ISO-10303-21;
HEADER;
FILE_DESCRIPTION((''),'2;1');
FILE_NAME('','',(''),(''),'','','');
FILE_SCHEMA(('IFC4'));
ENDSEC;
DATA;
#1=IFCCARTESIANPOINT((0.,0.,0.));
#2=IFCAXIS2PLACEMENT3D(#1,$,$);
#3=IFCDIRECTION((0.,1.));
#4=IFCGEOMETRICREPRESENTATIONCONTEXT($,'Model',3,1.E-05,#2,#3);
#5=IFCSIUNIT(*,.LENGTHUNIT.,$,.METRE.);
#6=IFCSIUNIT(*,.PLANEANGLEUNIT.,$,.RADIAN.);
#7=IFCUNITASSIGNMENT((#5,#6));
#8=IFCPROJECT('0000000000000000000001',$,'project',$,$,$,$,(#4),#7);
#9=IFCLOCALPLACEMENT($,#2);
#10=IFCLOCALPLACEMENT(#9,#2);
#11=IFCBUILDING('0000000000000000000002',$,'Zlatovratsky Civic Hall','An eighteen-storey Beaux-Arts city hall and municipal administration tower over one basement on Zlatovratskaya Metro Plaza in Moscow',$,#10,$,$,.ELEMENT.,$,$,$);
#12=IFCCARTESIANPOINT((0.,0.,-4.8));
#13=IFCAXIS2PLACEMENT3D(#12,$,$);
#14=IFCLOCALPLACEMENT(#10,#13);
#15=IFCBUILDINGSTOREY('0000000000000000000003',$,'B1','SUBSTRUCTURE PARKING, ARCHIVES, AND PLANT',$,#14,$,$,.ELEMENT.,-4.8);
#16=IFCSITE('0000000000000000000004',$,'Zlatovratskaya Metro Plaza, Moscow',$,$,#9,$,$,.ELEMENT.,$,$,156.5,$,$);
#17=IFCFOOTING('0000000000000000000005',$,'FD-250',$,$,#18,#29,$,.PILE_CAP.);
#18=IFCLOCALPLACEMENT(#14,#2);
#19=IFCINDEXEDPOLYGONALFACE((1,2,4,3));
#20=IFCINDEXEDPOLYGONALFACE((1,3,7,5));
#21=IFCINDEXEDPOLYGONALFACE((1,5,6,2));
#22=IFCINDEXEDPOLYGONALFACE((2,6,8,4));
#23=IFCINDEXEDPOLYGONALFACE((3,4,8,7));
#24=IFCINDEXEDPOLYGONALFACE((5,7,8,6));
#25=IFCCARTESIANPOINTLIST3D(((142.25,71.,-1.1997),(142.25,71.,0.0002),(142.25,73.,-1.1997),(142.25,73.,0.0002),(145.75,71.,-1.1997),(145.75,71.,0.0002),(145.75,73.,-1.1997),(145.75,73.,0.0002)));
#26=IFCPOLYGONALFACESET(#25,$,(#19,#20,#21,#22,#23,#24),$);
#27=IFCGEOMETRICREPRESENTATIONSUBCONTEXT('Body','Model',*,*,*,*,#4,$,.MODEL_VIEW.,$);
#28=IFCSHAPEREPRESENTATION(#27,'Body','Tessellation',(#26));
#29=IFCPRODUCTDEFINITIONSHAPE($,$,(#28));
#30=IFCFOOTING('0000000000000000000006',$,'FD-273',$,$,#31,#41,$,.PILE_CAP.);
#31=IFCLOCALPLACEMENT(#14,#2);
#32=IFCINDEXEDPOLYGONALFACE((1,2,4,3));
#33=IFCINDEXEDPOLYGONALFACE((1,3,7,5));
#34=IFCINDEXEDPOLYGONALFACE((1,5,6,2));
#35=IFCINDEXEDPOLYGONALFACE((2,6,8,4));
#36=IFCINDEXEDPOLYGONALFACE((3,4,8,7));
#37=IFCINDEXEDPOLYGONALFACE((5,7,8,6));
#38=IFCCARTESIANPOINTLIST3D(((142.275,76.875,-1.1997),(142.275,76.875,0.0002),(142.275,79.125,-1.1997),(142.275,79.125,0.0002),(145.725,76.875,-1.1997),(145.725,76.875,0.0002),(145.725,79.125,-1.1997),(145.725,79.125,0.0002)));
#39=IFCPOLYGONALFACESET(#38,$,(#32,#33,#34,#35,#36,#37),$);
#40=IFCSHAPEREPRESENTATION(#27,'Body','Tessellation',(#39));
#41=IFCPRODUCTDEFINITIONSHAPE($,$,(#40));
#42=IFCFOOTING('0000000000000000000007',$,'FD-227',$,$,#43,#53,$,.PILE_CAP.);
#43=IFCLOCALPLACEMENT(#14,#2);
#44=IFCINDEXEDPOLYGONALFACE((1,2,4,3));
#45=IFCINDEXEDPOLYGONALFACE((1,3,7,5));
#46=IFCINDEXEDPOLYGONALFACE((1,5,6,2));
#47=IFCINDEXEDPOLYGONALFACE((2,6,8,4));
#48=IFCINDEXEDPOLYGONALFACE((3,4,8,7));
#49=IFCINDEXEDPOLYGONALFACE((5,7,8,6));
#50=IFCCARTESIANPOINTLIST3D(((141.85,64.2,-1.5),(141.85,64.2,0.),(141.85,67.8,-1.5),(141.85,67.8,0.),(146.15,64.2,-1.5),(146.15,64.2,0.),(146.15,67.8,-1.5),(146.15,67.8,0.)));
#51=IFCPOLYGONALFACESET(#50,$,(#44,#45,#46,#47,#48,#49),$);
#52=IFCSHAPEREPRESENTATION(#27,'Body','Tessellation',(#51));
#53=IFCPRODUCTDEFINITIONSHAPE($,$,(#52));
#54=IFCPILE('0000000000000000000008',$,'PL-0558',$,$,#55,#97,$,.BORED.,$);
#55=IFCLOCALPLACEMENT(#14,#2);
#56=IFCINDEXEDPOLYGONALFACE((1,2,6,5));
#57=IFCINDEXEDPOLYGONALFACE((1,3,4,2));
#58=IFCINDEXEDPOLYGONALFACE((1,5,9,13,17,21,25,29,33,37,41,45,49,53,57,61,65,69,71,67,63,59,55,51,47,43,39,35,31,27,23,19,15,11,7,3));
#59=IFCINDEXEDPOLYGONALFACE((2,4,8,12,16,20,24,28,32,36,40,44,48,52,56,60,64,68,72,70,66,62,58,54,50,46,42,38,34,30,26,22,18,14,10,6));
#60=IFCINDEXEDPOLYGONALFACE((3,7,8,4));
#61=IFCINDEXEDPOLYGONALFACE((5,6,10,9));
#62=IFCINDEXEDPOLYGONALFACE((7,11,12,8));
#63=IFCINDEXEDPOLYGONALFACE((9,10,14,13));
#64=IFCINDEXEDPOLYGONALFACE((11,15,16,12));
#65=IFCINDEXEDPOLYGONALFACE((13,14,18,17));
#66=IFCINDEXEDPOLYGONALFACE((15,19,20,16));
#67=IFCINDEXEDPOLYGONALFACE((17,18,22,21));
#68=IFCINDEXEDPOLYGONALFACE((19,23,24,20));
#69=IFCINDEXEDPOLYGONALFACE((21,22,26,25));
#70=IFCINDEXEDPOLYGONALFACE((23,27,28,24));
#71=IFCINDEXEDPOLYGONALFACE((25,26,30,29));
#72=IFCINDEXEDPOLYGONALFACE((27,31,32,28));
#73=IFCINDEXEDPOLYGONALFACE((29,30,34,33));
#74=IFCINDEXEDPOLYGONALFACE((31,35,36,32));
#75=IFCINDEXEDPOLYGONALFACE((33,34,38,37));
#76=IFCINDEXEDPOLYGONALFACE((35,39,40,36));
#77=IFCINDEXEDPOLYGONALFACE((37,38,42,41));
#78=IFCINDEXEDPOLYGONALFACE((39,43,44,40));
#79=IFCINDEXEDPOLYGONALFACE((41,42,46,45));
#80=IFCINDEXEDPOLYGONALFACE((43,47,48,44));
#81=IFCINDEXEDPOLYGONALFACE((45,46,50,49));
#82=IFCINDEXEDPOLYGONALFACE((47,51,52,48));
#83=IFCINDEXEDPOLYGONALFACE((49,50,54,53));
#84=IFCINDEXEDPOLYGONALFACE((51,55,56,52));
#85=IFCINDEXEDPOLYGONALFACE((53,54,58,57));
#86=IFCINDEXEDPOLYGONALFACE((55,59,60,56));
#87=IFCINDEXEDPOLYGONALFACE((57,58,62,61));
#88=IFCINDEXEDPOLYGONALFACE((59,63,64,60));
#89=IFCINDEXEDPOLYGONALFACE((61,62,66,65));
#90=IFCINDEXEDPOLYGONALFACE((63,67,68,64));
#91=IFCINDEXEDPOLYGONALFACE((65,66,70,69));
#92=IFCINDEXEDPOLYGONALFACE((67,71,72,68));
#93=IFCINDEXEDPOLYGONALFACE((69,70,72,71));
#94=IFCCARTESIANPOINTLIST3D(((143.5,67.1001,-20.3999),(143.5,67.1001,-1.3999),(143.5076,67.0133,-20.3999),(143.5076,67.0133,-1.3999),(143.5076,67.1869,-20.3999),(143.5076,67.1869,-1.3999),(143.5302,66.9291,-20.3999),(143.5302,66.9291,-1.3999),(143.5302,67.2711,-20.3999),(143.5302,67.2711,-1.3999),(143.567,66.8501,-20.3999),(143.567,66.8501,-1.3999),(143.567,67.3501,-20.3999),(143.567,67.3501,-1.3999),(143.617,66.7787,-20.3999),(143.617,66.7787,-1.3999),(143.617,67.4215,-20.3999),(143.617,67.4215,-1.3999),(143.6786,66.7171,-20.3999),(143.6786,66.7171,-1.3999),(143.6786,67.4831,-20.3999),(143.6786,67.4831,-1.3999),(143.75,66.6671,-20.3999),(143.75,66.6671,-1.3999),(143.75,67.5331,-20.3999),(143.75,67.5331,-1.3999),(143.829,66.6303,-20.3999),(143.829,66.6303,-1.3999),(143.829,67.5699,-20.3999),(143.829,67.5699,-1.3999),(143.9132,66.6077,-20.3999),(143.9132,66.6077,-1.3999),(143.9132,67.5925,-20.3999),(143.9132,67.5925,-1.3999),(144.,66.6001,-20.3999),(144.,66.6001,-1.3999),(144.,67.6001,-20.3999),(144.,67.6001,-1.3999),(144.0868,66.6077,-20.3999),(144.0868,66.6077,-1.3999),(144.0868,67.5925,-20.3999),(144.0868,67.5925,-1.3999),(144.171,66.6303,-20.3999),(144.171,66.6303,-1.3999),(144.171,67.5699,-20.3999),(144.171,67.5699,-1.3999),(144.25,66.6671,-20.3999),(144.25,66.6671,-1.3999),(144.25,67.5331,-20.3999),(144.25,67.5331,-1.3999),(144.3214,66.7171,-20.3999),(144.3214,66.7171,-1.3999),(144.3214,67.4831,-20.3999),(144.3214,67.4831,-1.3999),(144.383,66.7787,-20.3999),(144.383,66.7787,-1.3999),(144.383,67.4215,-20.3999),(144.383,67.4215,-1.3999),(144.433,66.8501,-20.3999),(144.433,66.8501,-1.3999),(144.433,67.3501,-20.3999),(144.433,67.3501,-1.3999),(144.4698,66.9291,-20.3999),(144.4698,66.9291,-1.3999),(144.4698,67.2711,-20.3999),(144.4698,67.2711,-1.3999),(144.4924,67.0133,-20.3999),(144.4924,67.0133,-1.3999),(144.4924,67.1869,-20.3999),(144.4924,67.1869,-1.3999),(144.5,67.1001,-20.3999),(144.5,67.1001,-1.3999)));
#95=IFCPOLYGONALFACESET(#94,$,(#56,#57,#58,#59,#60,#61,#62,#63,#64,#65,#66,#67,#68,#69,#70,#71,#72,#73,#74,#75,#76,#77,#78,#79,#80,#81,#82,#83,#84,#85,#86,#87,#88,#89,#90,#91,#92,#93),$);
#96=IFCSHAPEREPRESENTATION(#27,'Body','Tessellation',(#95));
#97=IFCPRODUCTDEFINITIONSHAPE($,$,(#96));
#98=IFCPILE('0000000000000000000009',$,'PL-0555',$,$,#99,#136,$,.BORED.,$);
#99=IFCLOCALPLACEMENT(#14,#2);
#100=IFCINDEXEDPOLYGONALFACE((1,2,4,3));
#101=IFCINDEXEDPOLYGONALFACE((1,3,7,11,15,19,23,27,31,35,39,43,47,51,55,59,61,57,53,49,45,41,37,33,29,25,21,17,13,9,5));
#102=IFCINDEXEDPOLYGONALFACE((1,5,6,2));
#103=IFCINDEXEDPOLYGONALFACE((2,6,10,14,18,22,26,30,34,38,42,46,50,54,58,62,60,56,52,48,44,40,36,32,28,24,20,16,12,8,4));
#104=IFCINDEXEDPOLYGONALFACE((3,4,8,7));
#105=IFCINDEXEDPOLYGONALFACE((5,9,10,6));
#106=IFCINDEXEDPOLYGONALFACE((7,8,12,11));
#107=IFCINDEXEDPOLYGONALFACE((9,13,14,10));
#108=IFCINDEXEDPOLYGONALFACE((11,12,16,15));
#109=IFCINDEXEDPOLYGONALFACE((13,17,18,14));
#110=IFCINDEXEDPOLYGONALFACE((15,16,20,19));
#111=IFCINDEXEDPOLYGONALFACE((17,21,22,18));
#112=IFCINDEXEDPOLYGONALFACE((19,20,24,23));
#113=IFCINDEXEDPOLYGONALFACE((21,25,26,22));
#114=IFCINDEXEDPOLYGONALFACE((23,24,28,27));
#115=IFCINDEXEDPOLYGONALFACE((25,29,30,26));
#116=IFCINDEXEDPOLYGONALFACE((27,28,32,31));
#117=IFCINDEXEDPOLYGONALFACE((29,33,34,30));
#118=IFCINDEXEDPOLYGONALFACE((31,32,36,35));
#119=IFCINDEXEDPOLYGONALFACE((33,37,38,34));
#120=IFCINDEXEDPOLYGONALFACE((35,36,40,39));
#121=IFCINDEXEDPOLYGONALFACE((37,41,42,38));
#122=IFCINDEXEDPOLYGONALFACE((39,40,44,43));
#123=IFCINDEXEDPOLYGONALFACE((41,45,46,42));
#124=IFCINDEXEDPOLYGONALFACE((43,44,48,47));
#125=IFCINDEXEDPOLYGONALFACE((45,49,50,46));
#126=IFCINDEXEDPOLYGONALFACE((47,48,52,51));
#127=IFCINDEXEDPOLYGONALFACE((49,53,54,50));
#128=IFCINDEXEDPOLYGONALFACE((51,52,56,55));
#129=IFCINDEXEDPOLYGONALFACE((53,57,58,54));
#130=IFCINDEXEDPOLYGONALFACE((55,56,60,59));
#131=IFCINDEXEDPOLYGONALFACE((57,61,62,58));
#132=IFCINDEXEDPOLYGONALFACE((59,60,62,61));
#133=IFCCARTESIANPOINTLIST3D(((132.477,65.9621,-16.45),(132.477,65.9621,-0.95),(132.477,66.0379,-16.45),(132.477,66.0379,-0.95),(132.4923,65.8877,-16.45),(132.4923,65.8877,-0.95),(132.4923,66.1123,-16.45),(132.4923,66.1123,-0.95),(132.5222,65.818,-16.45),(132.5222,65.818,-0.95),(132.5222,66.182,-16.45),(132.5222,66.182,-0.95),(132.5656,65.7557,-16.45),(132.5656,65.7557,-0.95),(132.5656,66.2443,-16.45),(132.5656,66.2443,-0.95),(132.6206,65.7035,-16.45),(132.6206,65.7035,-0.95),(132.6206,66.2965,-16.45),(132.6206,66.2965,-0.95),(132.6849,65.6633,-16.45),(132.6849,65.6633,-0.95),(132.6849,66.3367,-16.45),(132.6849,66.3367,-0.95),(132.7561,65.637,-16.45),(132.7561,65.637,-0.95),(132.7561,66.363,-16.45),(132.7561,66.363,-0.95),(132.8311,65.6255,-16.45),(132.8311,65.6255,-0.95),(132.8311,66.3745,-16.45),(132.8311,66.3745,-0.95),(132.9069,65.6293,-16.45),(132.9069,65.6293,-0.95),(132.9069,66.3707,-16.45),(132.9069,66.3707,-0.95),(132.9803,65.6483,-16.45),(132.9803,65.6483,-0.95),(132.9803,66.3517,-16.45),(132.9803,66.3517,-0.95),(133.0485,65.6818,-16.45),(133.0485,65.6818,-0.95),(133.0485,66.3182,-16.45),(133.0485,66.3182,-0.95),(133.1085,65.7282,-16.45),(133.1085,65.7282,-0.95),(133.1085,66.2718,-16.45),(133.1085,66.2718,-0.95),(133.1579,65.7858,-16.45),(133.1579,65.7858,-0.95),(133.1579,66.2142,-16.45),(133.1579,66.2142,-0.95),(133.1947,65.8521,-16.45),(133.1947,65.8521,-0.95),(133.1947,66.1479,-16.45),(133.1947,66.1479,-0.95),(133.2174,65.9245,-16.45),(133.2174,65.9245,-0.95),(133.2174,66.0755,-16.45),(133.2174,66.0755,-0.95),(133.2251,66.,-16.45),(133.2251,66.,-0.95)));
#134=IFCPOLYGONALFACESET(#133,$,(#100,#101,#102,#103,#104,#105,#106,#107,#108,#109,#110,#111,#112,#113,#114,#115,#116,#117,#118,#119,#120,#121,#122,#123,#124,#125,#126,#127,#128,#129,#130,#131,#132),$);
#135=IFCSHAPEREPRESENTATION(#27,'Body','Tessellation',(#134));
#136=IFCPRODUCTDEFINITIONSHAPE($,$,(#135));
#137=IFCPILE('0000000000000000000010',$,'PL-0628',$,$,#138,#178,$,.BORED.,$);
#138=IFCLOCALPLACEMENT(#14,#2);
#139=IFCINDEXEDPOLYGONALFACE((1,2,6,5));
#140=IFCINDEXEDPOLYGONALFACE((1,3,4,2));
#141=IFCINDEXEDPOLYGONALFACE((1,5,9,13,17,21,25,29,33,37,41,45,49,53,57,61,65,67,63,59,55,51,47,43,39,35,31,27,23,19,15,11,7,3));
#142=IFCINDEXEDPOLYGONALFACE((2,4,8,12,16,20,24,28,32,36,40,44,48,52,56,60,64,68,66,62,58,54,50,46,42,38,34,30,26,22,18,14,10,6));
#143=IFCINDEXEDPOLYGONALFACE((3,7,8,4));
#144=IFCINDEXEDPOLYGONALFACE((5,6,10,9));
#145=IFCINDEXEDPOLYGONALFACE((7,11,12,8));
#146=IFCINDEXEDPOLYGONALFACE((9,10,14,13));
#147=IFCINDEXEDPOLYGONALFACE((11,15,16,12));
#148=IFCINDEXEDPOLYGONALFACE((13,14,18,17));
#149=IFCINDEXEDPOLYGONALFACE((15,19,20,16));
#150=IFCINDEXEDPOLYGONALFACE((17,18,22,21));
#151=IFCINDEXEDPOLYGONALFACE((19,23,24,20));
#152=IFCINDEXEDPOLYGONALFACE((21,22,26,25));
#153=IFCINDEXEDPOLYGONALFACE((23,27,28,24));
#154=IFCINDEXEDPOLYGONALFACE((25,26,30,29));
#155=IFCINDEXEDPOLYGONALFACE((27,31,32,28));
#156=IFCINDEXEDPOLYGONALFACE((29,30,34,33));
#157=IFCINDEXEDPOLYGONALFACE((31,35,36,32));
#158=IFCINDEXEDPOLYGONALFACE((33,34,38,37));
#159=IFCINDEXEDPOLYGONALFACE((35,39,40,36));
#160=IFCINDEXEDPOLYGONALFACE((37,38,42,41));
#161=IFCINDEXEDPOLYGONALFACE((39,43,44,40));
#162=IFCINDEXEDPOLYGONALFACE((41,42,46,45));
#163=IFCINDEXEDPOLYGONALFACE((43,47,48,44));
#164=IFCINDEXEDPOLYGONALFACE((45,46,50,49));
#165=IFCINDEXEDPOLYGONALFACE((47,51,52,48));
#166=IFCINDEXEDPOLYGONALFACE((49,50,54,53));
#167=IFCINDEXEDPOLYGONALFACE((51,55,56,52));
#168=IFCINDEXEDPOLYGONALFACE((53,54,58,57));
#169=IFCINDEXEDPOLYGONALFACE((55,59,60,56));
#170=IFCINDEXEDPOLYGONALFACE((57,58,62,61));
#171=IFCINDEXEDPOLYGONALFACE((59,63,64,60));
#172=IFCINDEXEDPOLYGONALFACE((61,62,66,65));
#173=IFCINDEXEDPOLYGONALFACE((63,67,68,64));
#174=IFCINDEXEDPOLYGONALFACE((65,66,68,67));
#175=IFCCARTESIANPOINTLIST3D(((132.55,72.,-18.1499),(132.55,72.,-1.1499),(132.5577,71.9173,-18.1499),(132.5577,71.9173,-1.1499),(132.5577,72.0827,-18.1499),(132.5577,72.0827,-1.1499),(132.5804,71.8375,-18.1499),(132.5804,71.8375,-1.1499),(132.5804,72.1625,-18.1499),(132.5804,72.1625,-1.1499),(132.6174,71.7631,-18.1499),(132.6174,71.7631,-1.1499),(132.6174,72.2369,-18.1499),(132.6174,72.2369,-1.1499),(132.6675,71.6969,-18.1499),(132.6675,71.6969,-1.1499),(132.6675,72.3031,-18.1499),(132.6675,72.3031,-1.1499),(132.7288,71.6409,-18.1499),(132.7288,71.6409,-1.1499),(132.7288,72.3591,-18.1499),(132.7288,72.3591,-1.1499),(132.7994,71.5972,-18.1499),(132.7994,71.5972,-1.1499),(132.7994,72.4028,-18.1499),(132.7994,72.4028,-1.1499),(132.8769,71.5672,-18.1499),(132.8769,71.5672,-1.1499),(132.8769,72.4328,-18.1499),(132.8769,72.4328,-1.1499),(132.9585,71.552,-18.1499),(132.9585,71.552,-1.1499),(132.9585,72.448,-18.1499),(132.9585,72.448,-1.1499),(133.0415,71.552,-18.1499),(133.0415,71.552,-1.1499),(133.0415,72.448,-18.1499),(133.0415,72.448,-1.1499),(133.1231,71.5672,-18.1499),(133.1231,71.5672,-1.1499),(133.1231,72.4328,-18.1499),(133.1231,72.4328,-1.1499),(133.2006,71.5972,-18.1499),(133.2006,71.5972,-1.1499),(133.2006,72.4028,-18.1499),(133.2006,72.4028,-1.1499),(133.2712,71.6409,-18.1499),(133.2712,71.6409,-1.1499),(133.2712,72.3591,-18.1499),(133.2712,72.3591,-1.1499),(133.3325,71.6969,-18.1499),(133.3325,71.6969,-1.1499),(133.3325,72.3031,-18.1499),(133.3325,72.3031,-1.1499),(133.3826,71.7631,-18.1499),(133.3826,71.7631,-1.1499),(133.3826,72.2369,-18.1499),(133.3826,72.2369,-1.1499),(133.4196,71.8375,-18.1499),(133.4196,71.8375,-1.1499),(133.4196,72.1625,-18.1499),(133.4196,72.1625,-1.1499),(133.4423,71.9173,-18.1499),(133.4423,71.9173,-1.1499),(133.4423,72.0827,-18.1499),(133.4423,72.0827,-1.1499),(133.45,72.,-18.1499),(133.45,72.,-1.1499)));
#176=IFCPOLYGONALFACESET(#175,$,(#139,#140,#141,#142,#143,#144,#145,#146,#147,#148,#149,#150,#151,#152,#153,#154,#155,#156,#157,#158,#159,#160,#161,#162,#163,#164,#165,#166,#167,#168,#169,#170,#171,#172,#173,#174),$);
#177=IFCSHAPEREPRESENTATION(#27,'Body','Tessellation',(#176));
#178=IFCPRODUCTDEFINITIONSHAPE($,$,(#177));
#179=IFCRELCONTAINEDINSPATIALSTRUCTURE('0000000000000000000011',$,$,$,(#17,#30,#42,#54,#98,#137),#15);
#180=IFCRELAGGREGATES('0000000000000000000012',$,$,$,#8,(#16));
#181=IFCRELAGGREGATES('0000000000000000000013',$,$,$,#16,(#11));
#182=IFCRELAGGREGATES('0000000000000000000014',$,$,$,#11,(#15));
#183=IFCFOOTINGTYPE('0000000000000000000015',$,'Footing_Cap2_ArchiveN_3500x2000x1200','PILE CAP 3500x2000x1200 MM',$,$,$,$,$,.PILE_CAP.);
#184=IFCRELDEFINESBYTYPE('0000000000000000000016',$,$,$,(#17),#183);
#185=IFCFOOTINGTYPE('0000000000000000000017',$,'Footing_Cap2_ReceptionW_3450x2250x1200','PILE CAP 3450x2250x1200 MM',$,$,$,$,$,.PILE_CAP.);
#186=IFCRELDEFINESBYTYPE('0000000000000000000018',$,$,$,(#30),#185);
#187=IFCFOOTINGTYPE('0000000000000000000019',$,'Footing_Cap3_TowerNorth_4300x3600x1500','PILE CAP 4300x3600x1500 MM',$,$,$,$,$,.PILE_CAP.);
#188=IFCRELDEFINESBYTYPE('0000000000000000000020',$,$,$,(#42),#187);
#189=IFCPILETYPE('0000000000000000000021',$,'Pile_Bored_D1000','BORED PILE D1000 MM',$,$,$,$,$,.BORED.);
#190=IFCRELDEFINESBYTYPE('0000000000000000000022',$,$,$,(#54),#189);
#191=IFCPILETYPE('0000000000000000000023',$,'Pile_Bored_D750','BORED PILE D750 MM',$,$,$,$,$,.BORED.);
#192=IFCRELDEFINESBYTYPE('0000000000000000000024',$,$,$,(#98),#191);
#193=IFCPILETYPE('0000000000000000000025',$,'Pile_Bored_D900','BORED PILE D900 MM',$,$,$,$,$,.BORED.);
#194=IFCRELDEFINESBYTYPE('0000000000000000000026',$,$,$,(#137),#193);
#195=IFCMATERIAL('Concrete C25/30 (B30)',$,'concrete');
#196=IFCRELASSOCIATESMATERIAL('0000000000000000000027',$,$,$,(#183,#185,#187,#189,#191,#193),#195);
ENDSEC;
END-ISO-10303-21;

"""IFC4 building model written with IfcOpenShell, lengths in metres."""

from ifc_helpers import new_model, si_unit, direction, frame, origin, origin_2d, place, context, subcontext, project, spatial, rectangle, circle, extrude, material, material_profile, profile_set, type_object, element, save


model = new_model("IFC4")

# Units and contexts
model_context = context("Model", 3, precision=1e-05, world=origin(), true_north=direction((0.0, 1.0)))
body_context = subcontext(model_context, "Body", "Model", "MODEL_VIEW")
ifc_project = project(units=[si_unit("LENGTHUNIT", "METRE"), si_unit("PLANEANGLEUNIT", "RADIAN")], contexts=[model_context])

# Site, building, storey
site_placement = place(None, origin())
site = spatial("IfcSite", under=ifc_project, at=site_placement, Name="Zlatovratskaya Metro Plaza, Moscow", CompositionType="ELEMENT", RefElevation=156.5)
building_placement = place(site_placement, origin())
building = spatial("IfcBuilding", under=site, at=building_placement, Name="Zlatovratsky Civic Hall", Description="An eighteen-storey Beaux-Arts city hall and municipal administration tower over one basement on Zlatovratskaya Metro Plaza in Moscow", CompositionType="ELEMENT")
storey_placement = place(building_placement, frame((0.0, 0.0, -4.8)))
storey = spatial("IfcBuildingStorey", under=building, at=storey_placement, Name="B1", Description="SUBSTRUCTURE PARKING, ARCHIVES, AND PLANT", CompositionType="ELEMENT", Elevation=-4.8)

# Footings
ifc_material_1 = material(Name="Concrete C25/30 (B30)", Category="concrete")
footing_type_1 = type_object("IfcFootingType", Name="Footing_Cap2_ArchiveN_3500x2000x1200", Description="PILE CAP 3500x2000x1200 MM", PredefinedType="PILE_CAP", material=ifc_material_1)
footing_1_placement = place(storey_placement, frame((144.0, 72.0, -1.1997), z_axis=(0.0, 0.0, 1.0), x_axis=(1.0, 0.0, 0.0)))
element("IfcFooting", 1, at=footing_1_placement, inside=storey, type_object=footing_type_1, Name="FD-250", PredefinedType="PILE_CAP", context=body_context, shape_type="SweptSolid", body=[
    extrude(rectangle(XDim=3.5, YDim=2.0, at=origin_2d()), origin(), (0.0, 0.0, 1.0), 1.2),
])
footing_type_2 = type_object("IfcFootingType", Name="Footing_Cap2_ReceptionW_3450x2250x1200", Description="PILE CAP 3450x2250x1200 MM", PredefinedType="PILE_CAP", material=ifc_material_1)
footing_2_placement = place(storey_placement, frame((144.0, 78.0, -1.1997), z_axis=(0.0, 0.0, 1.0), x_axis=(1.0, 0.0, 0.0)))
element("IfcFooting", 2, at=footing_2_placement, inside=storey, type_object=footing_type_2, Name="FD-273", PredefinedType="PILE_CAP", context=body_context, shape_type="SweptSolid", body=[
    extrude(rectangle(XDim=3.45, YDim=2.25, at=origin_2d()), origin(), (0.0, 0.0, 1.0), 1.2),
])
footing_type_3 = type_object("IfcFootingType", Name="Footing_Cap3_TowerNorth_4300x3600x1500", Description="PILE CAP 4300x3600x1500 MM", PredefinedType="PILE_CAP", material=ifc_material_1)
footing_3_placement = place(storey_placement, frame((144.0, 66.0, -1.5), z_axis=(0.0, 0.0, 1.0), x_axis=(1.0, 0.0, 0.0)))
element("IfcFooting", 3, at=footing_3_placement, inside=storey, type_object=footing_type_3, Name="FD-227", PredefinedType="PILE_CAP", context=body_context, shape_type="SweptSolid", body=[
    extrude(rectangle(XDim=4.3, YDim=3.6001, at=origin_2d()), origin(), (0.0, 0.0, 1.0), 1.5),
])

# Piles
ifc_material_profile_1 = material_profile(ifc_material_1, circle(Radius=0.5, at=origin_2d()), Name="PILE D1000")
ifc_profile_set_1 = profile_set([ifc_material_profile_1], Name="Concrete C25/30 (B30)")
pile_type_1 = type_object("IfcPileType", Name="Pile_Bored_D1000", Description="BORED PILE D1000 MM", PredefinedType="BORED", material=ifc_profile_set_1)
pile_1_placement = place(storey_placement, frame((144.0, 67.1001, -1.3999), z_axis=(0.0, 0.0, -1.0), x_axis=(1.0, 0.0, 0.0)))
element("IfcPile", 4, at=pile_1_placement, inside=storey, type_object=pile_type_1, Name="PL-0558", PredefinedType="BORED", context=body_context, shape_type="SweptSolid", body=[
    extrude(circle(Radius=0.5, at=origin_2d()), origin(), (0.0, 0.0, 1.0), 19.0),
])
ifc_material_profile_2 = material_profile(ifc_material_1, circle(Radius=0.375, at=origin_2d()), Name="PILE D750")
ifc_profile_set_2 = profile_set([ifc_material_profile_2], Name="Concrete C25/30 (B30)")
pile_type_2 = type_object("IfcPileType", Name="Pile_Bored_D750", Description="BORED PILE D750 MM", PredefinedType="BORED", material=ifc_profile_set_2)
pile_2_placement = place(storey_placement, frame((132.8501, 66.0, -0.95), z_axis=(0.0, 0.0, -1.0), x_axis=(1.0, 0.0, 0.0)))
element("IfcPile", 5, at=pile_2_placement, inside=storey, type_object=pile_type_2, Name="PL-0555", PredefinedType="BORED", context=body_context, shape_type="SweptSolid", body=[
    extrude(circle(Radius=0.375, at=origin_2d()), origin(), (0.0, 0.0, 1.0), 15.5),
])
ifc_material_profile_3 = material_profile(ifc_material_1, circle(Radius=0.45, at=origin_2d()), Name="PILE D900")
ifc_profile_set_3 = profile_set([ifc_material_profile_3], Name="Concrete C25/30 (B30)")
pile_type_3 = type_object("IfcPileType", Name="Pile_Bored_D900", Description="BORED PILE D900 MM", PredefinedType="BORED", material=ifc_profile_set_3)
for number, where, z_axis, x_axis, name in (
    (6, (133.0, 72.0, -1.1499), (0.0, 0.0, -1.0), (1.0, 0.0, 0.0), "PL-0628"),
):
    element("IfcPile", number, at=place(storey_placement, frame(where, z_axis=z_axis, x_axis=x_axis)), inside=storey, type_object=pile_type_3, Name=name, PredefinedType="BORED", context=body_context, shape_type="SweptSolid", body=[
        extrude(circle(Radius=0.45, at=origin_2d()), origin(), (0.0, 0.0, 1.0), 17.0),
    ])

save(model, "model.ifc")
